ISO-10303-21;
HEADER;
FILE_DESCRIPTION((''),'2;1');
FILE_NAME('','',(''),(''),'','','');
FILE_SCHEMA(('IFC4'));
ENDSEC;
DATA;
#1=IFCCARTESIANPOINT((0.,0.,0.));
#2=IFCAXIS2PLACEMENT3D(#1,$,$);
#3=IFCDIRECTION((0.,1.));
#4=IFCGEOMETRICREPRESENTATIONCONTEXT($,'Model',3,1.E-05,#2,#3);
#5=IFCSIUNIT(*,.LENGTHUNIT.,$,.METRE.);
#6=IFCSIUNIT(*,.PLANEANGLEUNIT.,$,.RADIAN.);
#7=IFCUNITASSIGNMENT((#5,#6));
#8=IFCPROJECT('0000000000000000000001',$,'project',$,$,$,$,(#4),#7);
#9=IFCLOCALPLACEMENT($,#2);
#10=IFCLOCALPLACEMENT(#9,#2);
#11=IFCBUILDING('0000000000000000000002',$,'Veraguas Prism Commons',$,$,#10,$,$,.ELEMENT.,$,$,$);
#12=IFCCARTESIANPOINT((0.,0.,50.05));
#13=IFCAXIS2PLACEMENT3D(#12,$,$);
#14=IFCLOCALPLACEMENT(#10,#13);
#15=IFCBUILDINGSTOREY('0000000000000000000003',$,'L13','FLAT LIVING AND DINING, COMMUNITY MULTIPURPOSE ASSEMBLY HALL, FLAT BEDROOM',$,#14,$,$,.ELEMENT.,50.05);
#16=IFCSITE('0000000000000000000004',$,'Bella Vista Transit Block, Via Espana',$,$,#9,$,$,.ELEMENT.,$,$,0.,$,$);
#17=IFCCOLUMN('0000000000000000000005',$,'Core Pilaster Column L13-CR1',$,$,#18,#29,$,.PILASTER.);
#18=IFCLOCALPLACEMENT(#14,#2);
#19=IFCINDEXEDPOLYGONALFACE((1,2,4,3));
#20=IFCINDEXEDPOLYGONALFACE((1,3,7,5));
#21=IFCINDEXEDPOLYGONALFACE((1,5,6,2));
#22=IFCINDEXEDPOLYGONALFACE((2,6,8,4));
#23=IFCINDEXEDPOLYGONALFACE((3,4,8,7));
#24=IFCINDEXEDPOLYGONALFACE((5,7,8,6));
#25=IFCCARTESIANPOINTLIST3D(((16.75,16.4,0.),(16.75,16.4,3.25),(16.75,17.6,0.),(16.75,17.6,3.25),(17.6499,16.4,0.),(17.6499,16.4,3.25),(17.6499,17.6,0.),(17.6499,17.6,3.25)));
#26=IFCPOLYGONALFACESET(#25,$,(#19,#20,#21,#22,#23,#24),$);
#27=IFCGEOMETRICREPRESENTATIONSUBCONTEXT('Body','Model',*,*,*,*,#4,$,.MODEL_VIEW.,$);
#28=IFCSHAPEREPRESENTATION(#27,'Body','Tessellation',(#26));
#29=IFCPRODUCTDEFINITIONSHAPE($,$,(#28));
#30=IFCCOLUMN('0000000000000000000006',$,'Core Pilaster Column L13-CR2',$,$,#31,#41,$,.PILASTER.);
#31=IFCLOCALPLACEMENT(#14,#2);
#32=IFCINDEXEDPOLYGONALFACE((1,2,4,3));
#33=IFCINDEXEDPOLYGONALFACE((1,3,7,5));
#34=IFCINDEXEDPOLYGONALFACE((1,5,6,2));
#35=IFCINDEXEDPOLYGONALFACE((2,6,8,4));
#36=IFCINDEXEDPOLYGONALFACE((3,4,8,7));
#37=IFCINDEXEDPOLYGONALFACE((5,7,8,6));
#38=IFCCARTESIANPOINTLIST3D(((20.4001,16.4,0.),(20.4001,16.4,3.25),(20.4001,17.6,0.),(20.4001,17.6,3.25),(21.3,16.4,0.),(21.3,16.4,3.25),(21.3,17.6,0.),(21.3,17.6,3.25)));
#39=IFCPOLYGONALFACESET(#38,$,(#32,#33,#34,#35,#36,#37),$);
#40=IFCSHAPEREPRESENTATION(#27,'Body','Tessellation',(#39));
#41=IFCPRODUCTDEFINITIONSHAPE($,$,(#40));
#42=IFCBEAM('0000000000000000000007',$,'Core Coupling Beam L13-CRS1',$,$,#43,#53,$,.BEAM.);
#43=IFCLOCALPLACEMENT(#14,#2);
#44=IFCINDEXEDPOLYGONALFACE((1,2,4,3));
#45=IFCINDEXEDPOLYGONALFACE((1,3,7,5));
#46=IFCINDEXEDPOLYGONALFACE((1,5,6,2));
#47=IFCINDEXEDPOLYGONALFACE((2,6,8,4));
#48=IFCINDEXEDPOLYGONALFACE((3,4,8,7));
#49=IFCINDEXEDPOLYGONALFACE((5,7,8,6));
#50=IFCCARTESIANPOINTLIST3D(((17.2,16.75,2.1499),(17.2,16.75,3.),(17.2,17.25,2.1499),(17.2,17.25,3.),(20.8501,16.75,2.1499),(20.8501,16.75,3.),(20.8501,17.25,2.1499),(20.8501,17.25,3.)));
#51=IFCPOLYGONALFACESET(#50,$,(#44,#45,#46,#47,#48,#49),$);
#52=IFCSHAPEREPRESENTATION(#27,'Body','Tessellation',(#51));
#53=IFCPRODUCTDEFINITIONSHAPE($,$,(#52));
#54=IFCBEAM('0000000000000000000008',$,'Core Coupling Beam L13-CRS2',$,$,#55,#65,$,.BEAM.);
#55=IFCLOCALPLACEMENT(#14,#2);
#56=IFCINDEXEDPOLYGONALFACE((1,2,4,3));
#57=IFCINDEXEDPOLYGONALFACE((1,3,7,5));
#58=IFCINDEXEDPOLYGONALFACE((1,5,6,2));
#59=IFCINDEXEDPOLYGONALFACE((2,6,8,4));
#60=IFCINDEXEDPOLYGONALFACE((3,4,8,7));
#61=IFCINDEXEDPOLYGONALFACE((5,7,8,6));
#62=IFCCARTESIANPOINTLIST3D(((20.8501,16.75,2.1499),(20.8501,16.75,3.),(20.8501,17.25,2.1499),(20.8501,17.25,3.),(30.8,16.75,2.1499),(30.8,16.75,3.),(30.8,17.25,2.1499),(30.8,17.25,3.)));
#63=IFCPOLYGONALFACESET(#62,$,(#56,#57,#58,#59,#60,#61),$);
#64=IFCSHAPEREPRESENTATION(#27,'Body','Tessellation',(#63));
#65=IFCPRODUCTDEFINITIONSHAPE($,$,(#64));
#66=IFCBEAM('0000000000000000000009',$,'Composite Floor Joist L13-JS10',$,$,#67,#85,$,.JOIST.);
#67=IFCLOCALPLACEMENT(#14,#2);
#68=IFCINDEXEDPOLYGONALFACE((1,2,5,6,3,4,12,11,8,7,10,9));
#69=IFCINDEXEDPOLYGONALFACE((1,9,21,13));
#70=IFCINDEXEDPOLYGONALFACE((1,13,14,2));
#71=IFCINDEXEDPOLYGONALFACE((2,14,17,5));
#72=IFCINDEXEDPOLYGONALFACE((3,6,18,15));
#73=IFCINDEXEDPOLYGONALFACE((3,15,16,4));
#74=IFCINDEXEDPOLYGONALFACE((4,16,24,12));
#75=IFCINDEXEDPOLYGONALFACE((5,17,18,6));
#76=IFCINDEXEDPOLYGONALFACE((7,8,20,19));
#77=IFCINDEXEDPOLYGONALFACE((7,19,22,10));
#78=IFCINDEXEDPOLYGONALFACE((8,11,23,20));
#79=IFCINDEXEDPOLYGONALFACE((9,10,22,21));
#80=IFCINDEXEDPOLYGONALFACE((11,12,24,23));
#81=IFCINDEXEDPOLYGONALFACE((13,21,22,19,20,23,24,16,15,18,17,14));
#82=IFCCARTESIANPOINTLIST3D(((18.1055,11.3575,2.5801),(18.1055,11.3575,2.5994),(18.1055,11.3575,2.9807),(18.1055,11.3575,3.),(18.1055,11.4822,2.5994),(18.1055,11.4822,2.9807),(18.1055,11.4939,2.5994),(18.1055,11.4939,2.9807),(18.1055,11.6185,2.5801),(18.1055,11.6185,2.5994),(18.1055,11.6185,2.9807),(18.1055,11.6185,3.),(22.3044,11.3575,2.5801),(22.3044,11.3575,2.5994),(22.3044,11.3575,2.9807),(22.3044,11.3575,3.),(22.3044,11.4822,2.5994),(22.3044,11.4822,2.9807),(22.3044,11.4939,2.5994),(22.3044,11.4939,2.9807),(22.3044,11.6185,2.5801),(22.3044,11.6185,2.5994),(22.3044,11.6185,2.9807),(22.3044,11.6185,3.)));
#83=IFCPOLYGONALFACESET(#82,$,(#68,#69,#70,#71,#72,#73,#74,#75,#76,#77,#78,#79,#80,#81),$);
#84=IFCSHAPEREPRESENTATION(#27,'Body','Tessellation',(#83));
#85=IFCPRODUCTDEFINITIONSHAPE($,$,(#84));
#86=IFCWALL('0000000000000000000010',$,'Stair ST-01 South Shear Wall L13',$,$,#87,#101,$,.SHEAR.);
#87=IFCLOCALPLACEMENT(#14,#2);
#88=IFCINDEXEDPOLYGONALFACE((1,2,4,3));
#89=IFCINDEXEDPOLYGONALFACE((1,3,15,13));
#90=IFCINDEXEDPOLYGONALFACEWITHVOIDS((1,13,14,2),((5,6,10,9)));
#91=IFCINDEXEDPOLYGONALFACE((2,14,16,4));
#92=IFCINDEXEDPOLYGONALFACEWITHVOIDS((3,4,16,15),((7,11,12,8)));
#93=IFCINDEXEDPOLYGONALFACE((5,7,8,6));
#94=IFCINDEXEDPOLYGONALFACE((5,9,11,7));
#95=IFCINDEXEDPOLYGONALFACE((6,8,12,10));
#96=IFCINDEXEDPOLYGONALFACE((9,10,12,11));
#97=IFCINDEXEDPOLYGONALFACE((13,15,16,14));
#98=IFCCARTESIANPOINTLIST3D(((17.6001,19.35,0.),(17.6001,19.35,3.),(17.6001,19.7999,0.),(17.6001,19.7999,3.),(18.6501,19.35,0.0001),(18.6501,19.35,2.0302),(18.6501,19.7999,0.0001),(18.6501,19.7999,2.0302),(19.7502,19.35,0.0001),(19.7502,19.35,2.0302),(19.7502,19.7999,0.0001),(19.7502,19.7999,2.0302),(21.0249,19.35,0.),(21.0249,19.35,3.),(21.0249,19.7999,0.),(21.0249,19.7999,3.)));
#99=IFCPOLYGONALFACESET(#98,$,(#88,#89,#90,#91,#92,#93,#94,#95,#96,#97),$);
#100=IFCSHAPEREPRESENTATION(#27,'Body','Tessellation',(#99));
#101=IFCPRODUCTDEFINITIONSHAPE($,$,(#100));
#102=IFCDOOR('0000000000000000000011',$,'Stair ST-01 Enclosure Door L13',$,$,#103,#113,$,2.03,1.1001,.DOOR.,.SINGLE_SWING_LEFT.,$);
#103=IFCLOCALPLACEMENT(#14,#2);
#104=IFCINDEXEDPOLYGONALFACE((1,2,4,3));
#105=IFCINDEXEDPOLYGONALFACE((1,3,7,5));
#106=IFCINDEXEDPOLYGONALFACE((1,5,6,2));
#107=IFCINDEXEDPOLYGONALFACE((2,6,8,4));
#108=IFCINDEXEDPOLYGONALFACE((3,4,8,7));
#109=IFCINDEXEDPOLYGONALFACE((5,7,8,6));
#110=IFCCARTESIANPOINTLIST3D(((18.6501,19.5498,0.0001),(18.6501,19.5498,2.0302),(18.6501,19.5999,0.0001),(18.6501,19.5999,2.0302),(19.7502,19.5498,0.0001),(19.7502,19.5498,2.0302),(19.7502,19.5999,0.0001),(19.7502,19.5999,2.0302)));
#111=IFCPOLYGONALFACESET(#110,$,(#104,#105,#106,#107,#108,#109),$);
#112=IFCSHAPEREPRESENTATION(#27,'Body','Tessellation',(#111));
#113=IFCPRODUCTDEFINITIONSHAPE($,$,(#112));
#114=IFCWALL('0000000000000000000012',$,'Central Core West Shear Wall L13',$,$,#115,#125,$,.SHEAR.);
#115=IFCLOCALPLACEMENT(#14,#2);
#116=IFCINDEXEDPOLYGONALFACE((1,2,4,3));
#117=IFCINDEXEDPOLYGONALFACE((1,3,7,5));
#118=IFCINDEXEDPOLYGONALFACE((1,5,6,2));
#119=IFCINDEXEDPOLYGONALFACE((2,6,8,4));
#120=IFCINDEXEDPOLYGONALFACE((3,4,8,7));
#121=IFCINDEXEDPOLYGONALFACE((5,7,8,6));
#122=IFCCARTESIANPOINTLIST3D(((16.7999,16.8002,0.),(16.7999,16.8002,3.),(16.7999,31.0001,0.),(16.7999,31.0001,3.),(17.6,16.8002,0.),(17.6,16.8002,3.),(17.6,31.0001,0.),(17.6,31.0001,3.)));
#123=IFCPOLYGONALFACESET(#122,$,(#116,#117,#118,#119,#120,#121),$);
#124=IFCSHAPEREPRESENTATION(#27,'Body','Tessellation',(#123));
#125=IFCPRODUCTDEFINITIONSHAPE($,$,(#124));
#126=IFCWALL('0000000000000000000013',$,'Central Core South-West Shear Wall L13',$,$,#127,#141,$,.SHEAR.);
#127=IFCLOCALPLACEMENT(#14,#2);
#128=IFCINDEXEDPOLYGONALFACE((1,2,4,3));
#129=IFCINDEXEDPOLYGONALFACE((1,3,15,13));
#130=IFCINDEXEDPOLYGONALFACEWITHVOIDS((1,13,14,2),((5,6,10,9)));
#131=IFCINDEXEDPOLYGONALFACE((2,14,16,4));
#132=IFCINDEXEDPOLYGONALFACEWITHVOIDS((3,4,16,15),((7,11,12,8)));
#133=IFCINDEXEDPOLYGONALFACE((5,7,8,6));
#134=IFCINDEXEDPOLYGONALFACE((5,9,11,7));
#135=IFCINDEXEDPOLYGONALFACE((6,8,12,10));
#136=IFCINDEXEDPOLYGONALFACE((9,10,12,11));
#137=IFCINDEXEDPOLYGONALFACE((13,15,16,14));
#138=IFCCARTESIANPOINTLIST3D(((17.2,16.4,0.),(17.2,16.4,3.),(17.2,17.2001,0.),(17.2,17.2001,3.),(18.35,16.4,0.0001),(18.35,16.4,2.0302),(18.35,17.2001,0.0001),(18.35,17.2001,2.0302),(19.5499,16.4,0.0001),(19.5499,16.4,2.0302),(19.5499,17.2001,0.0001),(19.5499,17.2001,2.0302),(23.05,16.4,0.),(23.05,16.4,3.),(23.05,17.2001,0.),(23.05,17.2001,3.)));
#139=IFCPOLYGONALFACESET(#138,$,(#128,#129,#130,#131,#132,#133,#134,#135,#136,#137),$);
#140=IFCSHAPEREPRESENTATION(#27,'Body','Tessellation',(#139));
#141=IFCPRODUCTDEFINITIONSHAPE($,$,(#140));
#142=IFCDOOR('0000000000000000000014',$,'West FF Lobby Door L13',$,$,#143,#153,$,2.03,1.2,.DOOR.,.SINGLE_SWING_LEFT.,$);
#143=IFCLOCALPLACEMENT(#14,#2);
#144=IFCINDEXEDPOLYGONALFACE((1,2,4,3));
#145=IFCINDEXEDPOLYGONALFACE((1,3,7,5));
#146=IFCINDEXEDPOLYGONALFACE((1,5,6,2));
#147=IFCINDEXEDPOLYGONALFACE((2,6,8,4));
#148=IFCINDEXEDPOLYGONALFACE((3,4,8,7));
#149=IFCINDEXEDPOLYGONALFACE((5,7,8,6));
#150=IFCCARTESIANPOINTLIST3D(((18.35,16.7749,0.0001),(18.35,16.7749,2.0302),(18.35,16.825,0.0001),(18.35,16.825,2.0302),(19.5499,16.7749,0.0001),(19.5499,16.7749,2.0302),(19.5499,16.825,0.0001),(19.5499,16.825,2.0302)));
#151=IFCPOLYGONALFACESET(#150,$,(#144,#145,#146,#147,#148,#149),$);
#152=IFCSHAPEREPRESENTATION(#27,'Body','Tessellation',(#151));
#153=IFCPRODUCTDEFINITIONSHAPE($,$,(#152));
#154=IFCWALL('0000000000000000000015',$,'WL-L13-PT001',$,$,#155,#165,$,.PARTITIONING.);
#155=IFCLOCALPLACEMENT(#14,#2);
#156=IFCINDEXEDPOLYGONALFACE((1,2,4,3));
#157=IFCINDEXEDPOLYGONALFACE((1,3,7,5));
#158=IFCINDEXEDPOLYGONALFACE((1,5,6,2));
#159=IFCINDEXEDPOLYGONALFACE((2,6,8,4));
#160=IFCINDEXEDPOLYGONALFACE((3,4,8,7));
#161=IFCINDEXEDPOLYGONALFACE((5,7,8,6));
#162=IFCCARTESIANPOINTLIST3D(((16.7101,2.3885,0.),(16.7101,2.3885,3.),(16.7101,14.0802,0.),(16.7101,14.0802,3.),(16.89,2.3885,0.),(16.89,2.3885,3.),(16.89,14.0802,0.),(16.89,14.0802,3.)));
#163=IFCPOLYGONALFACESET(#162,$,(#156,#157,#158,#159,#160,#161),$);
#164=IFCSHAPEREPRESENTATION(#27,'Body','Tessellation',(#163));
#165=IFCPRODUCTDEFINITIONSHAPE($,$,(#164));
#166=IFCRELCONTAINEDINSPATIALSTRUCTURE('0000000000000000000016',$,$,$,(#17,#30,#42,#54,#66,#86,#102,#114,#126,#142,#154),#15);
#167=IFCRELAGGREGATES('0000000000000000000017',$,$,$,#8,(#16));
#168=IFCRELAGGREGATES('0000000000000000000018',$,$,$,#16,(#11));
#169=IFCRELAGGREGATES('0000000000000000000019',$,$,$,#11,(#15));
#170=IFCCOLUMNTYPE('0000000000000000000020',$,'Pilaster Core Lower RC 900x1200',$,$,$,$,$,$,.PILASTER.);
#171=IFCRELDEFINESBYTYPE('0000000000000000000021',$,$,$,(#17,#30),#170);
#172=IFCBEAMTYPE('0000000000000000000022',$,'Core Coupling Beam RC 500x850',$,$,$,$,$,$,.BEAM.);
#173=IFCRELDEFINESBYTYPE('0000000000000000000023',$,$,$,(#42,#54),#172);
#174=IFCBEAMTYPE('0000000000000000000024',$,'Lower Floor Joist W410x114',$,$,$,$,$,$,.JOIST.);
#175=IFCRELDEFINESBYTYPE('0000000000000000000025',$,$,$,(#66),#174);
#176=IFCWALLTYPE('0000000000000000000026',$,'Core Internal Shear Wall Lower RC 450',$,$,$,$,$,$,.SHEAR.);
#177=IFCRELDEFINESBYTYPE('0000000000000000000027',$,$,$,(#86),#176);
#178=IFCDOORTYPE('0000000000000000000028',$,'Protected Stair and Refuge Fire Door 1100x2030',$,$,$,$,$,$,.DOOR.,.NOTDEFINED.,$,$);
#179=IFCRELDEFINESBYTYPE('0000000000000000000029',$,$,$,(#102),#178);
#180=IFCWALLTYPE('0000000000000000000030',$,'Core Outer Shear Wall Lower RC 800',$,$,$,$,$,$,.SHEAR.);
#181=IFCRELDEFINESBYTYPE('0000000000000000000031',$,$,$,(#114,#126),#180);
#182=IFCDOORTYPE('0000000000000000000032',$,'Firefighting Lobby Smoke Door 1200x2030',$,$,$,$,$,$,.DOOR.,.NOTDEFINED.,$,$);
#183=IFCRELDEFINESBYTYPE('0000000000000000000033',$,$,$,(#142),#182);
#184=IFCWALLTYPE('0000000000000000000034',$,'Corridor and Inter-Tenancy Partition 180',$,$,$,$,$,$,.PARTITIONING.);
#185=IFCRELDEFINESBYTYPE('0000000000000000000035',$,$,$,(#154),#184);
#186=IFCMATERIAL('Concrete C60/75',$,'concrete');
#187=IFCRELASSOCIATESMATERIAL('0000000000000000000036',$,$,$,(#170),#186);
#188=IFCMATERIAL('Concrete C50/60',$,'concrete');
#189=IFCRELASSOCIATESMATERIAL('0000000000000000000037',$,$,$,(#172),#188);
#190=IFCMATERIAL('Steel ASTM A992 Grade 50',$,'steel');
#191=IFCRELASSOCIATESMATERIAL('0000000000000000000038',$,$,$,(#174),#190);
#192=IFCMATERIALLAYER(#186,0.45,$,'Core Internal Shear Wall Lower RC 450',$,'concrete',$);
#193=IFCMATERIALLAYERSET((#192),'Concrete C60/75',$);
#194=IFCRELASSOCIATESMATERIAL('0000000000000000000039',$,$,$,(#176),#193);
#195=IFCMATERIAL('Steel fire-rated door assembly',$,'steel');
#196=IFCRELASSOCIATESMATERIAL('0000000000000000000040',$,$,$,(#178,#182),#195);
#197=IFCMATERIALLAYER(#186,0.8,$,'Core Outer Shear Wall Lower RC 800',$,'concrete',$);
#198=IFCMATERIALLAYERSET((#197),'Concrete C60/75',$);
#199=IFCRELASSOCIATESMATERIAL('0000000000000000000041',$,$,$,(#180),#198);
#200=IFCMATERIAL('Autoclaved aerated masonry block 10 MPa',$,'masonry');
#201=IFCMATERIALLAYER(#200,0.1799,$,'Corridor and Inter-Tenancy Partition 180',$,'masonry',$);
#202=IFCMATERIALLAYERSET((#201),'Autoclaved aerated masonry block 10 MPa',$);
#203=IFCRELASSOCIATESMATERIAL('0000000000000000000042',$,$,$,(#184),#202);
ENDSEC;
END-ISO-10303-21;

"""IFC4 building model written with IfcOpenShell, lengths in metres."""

from ifc_helpers import new_model, si_unit, direction, frame, frame_2d, origin, origin_2d, place, context, subcontext, project, spatial, rectangle, i_section, extrude, source, transform, mapped, material, layer, layer_set, material_profile, profile_set, type_object, element, fill, save


model = new_model("IFC4")

# Units and contexts
model_context = context("Model", 3, precision=1e-05, world=origin(), true_north=direction((0.0, 1.0)))
body_context = subcontext(model_context, "Body", "Model", "MODEL_VIEW")
ifc_project = project(units=[si_unit("LENGTHUNIT", "METRE"), si_unit("PLANEANGLEUNIT", "RADIAN")], contexts=[model_context])

# Site, building, storey
site_placement = place(None, origin())
site = spatial("IfcSite", under=ifc_project, at=site_placement, Name="Bella Vista Transit Block, Via Espana", CompositionType="ELEMENT", RefElevation=0.0)
building_placement = place(site_placement, origin())
building = spatial("IfcBuilding", under=site, at=building_placement, Name="Veraguas Prism Commons", CompositionType="ELEMENT")
storey_placement = place(building_placement, frame((0.0, 0.0, 50.05)))
storey = spatial("IfcBuildingStorey", under=building, at=storey_placement, Name="L13", Description="FLAT LIVING AND DINING, COMMUNITY MULTIPURPOSE ASSEMBLY HALL, FLAT BEDROOM", CompositionType="ELEMENT", Elevation=50.05)

# Columns
ifc_material_1 = material(Name="Concrete C60/75", Category="concrete")
ifc_material_profile_1 = material_profile(ifc_material_1, rectangle(XDim=0.8999, YDim=1.2, at=origin_2d()), Name="RC900X1200")
ifc_profile_set_1 = profile_set([ifc_material_profile_1], Name="Concrete C60/75")
column_type = type_object("IfcColumnType", Name="Pilaster Core Lower RC 900x1200", PredefinedType="PILASTER", material=ifc_profile_set_1)
for number, where, z_axis, x_axis, name in (
    (1, (17.2, 17.0, 0.0), (0.0, 0.0, 1.0), (1.0, 0.0, 0.0), "Core Pilaster Column L13-CR1"),
    (2, (20.8501, 17.0, 0.0), (0.0, 0.0, 1.0), (1.0, 0.0, 0.0), "Core Pilaster Column L13-CR2"),
):
    element("IfcColumn", number, at=place(storey_placement, frame(where, z_axis=z_axis, x_axis=x_axis)), inside=storey, type_object=column_type, Name=name, PredefinedType="PILASTER", context=body_context, shape_type="SweptSolid", body=[
        extrude(rectangle(XDim=0.8999, YDim=1.2, at=origin_2d()), origin(), (0.0, 0.0, 1.0), 3.25),
    ])

# Beams
ifc_material_2 = material(Name="Concrete C50/60", Category="concrete")
ifc_material_profile_2 = material_profile(ifc_material_2, rectangle(XDim=0.5, YDim=0.8501, at=origin_2d()), Name="RC500X850")
ifc_profile_set_2 = profile_set([ifc_material_profile_2], Name="Concrete C50/60")
beam_type_1 = type_object("IfcBeamType", Name="Core Coupling Beam RC 500x850", PredefinedType="BEAM", material=ifc_profile_set_2)
beam_1_placement = place(storey_placement, frame((17.2, 17.0, 2.575), z_axis=(1.0, 0.0, 0.0), x_axis=(0.0, 1.0, 0.0)))
element("IfcBeam", 3, at=beam_1_placement, inside=storey, type_object=beam_type_1, Name="Core Coupling Beam L13-CRS1", PredefinedType="BEAM", context=body_context, shape_type="SweptSolid", body=[
    extrude(rectangle(XDim=0.5, YDim=0.8501, at=origin_2d()), origin(), (0.0, 0.0, 1.0), 3.6501),
])
beam_2_placement = place(storey_placement, frame((20.8501, 17.0, 2.575), z_axis=(1.0, 0.0, 0.0), x_axis=(0.0, 1.0, 0.0)))
element("IfcBeam", 4, at=beam_2_placement, inside=storey, type_object=beam_type_1, Name="Core Coupling Beam L13-CRS2", PredefinedType="BEAM", context=body_context, shape_type="SweptSolid", body=[
    extrude(rectangle(XDim=0.5, YDim=0.8501, at=origin_2d()), origin(), (0.0, 0.0, 1.0), 9.95),
])
ifc_material_3 = material(Name="Steel ASTM A992 Grade 50", Category="steel")
ifc_material_profile_3 = material_profile(ifc_material_3, i_section(OverallWidth=0.261, OverallDepth=0.4199, WebThickness=0.0117, FlangeThickness=0.0193, at=origin_2d()), Name="W410X114")
ifc_profile_set_3 = profile_set([ifc_material_profile_3], Name="Steel ASTM A992 Grade 50")
beam_type_2 = type_object("IfcBeamType", Name="Lower Floor Joist W410x114", PredefinedType="JOIST", material=ifc_profile_set_3)
beam_3_placement = place(storey_placement, frame((18.1055, 11.488, 2.79), z_axis=(1.0, 0.0, 0.0), x_axis=(0.0, 1.0, 0.0)))
element("IfcBeam", 5, at=beam_3_placement, inside=storey, type_object=beam_type_2, Name="Composite Floor Joist L13-JS10", PredefinedType="JOIST", context=body_context, shape_type="SweptSolid", body=[
    extrude(i_section(OverallWidth=0.261, OverallDepth=0.4199, WebThickness=0.0117, FlangeThickness=0.0193, at=origin_2d()), origin(), (0.0, 0.0, 1.0), 4.199),
])

# Wall, opening, door
ifc_layer_1 = layer(ifc_material_1, 0.45, Name="Core Internal Shear Wall Lower RC 450", Category="concrete")
ifc_layer_set_1 = layer_set([ifc_layer_1], Name="Concrete C60/75")
wall_type_1 = type_object("IfcWallType", Name="Core Internal Shear Wall Lower RC 450", PredefinedType="SHEAR", material=ifc_layer_set_1)
wall_1_placement = place(storey_placement, frame((17.6001, 19.575, 0.0), z_axis=(0.0, 0.0, 1.0), x_axis=(1.0, 0.0, 0.0)))
wall_1 = element("IfcWall", 6, at=wall_1_placement, inside=storey, type_object=wall_type_1, Name="Stair ST-01 South Shear Wall L13", PredefinedType="SHEAR", context=body_context, shape_type="SweptSolid", body=[
    extrude(rectangle(XDim=3.4248, YDim=0.45, at=frame_2d((1.7124, 0.0))), origin(), (0.0, 0.0, 1.0), 3.0),
])
opening_1_placement = place(wall_1_placement, frame((1.05, 0.0, 0.0)))
opening_1 = element("IfcOpeningElement", 7, at=opening_1_placement, cuts=wall_1, PredefinedType="OPENING", context=body_context, shape_type="SweptSolid", body=[
    extrude(rectangle(XDim=1.1001, YDim=2.03, at=frame_2d((0.55, 1.0151))), frame((0.0, 0.2349, 0.0), z_axis=(0.0, -1.0, 0.0), x_axis=(1.0, 0.0, 0.0)), (0.0, 0.0, 1.0), 0.47),
])
ifc_material_4 = material(Name="Steel fire-rated door assembly", Category="steel")
door_type_1 = type_object("IfcDoorType", Name="Protected Stair and Refuge Fire Door 1100x2030", OperationType="NOTDEFINED", PredefinedType="DOOR", material=ifc_material_4)
shared_shape_1 = source(origin(), body_context, "Body", "SweptSolid", [
    extrude(rectangle(XDim=1.1001, YDim=2.03, at=frame_2d((0.55, 1.0151))), frame((0.0, 0.0249, 0.0), z_axis=(0.0, -1.0, 0.0), x_axis=(1.0, 0.0, 0.0)), (0.0, 0.0, 1.0), 0.05),
])
door_1_placement = place(opening_1_placement, origin())
door_1 = element("IfcDoor", 8, at=door_1_placement, inside=storey, type_object=door_type_1, Name="Stair ST-01 Enclosure Door L13", OperationType="SINGLE_SWING_LEFT", OverallHeight=2.03, OverallWidth=1.1001, PredefinedType="DOOR", context=body_context, shape_type="MappedRepresentation", body=[
    mapped(shared_shape_1, transform((0.0, 0.0, 0.0), scale=1.0)),
])
fill(opening_1, door_1)

# Wall
ifc_layer_2 = layer(ifc_material_1, 0.8, Name="Core Outer Shear Wall Lower RC 800", Category="concrete")
ifc_layer_set_2 = layer_set([ifc_layer_2], Name="Concrete C60/75")
wall_type_2 = type_object("IfcWallType", Name="Core Outer Shear Wall Lower RC 800", PredefinedType="SHEAR", material=ifc_layer_set_2)
wall_2_placement = place(storey_placement, frame((17.2, 16.8, 0.0), z_axis=(0.0, 0.0, 1.0), x_axis=(0.0, 1.0, 0.0)))
element("IfcWall", 9, at=wall_2_placement, inside=storey, type_object=wall_type_2, Name="Central Core West Shear Wall L13", PredefinedType="SHEAR", context=body_context, shape_type="SweptSolid", body=[
    extrude(rectangle(XDim=14.2, YDim=0.8, at=frame_2d((7.1001, 0.0))), origin(), (0.0, 0.0, 1.0), 3.0),
])

# Wall, opening, door
wall_3_placement = place(storey_placement, frame((17.2, 16.8, 0.0), z_axis=(0.0, 0.0, 1.0), x_axis=(1.0, 0.0, 0.0)))
wall_3 = element("IfcWall", 10, at=wall_3_placement, inside=storey, type_object=wall_type_2, Name="Central Core South-West Shear Wall L13", PredefinedType="SHEAR", context=body_context, shape_type="SweptSolid", body=[
    extrude(rectangle(XDim=5.8501, YDim=0.8, at=frame_2d((2.925, 0.0))), origin(), (0.0, 0.0, 1.0), 3.0),
])
opening_2_placement = place(wall_3_placement, frame((1.1499, 0.0, 0.0)))
opening_2 = element("IfcOpeningElement", 11, at=opening_2_placement, cuts=wall_3, PredefinedType="OPENING", context=body_context, shape_type="SweptSolid", body=[
    extrude(rectangle(XDim=1.2, YDim=2.03, at=frame_2d((0.6001, 1.0151))), frame((0.0, 0.4099, 0.0), z_axis=(0.0, -1.0, 0.0), x_axis=(1.0, 0.0, 0.0)), (0.0, 0.0, 1.0), 0.8201),
])
door_type_2 = type_object("IfcDoorType", Name="Firefighting Lobby Smoke Door 1200x2030", OperationType="NOTDEFINED", PredefinedType="DOOR", material=ifc_material_4)
shared_shape_2 = source(origin(), body_context, "Body", "SweptSolid", [
    extrude(rectangle(XDim=1.2, YDim=2.03, at=frame_2d((0.6001, 1.0151))), frame((0.0, 0.0249, 0.0), z_axis=(0.0, -1.0, 0.0), x_axis=(1.0, 0.0, 0.0)), (0.0, 0.0, 1.0), 0.05),
])
door_2_placement = place(opening_2_placement, origin())
door_2 = element("IfcDoor", 12, at=door_2_placement, inside=storey, type_object=door_type_2, Name="West FF Lobby Door L13", OperationType="SINGLE_SWING_LEFT", OverallHeight=2.03, OverallWidth=1.2, PredefinedType="DOOR", context=body_context, shape_type="MappedRepresentation", body=[
    mapped(shared_shape_2, transform((0.0, 0.0, 0.0), scale=1.0)),
])
fill(opening_2, door_2)

# Wall
ifc_material_5 = material(Name="Autoclaved aerated masonry block 10 MPa", Category="masonry")
ifc_layer_3 = layer(ifc_material_5, 0.1799, Name="Corridor and Inter-Tenancy Partition 180", Category="masonry")
ifc_layer_set_3 = layer_set([ifc_layer_3], Name="Autoclaved aerated masonry block 10 MPa")
wall_type_3 = type_object("IfcWallType", Name="Corridor and Inter-Tenancy Partition 180", PredefinedType="PARTITIONING", material=ifc_layer_set_3)
wall_4_placement = place(storey_placement, frame((16.8, 14.0801, 0.0), z_axis=(0.0, 0.0, 1.0), x_axis=(0.0, -1.0, 0.0)))
element("IfcWall", 13, at=wall_4_placement, inside=storey, type_object=wall_type_3, Name="WL-L13-PT001", PredefinedType="PARTITIONING", context=body_context, shape_type="SweptSolid", body=[
    extrude(rectangle(XDim=11.6917, YDim=0.1799, at=frame_2d((5.8457, 0.0))), origin(), (0.0, 0.0, 1.0), 3.0),
])

save(model, "model.ifc")
